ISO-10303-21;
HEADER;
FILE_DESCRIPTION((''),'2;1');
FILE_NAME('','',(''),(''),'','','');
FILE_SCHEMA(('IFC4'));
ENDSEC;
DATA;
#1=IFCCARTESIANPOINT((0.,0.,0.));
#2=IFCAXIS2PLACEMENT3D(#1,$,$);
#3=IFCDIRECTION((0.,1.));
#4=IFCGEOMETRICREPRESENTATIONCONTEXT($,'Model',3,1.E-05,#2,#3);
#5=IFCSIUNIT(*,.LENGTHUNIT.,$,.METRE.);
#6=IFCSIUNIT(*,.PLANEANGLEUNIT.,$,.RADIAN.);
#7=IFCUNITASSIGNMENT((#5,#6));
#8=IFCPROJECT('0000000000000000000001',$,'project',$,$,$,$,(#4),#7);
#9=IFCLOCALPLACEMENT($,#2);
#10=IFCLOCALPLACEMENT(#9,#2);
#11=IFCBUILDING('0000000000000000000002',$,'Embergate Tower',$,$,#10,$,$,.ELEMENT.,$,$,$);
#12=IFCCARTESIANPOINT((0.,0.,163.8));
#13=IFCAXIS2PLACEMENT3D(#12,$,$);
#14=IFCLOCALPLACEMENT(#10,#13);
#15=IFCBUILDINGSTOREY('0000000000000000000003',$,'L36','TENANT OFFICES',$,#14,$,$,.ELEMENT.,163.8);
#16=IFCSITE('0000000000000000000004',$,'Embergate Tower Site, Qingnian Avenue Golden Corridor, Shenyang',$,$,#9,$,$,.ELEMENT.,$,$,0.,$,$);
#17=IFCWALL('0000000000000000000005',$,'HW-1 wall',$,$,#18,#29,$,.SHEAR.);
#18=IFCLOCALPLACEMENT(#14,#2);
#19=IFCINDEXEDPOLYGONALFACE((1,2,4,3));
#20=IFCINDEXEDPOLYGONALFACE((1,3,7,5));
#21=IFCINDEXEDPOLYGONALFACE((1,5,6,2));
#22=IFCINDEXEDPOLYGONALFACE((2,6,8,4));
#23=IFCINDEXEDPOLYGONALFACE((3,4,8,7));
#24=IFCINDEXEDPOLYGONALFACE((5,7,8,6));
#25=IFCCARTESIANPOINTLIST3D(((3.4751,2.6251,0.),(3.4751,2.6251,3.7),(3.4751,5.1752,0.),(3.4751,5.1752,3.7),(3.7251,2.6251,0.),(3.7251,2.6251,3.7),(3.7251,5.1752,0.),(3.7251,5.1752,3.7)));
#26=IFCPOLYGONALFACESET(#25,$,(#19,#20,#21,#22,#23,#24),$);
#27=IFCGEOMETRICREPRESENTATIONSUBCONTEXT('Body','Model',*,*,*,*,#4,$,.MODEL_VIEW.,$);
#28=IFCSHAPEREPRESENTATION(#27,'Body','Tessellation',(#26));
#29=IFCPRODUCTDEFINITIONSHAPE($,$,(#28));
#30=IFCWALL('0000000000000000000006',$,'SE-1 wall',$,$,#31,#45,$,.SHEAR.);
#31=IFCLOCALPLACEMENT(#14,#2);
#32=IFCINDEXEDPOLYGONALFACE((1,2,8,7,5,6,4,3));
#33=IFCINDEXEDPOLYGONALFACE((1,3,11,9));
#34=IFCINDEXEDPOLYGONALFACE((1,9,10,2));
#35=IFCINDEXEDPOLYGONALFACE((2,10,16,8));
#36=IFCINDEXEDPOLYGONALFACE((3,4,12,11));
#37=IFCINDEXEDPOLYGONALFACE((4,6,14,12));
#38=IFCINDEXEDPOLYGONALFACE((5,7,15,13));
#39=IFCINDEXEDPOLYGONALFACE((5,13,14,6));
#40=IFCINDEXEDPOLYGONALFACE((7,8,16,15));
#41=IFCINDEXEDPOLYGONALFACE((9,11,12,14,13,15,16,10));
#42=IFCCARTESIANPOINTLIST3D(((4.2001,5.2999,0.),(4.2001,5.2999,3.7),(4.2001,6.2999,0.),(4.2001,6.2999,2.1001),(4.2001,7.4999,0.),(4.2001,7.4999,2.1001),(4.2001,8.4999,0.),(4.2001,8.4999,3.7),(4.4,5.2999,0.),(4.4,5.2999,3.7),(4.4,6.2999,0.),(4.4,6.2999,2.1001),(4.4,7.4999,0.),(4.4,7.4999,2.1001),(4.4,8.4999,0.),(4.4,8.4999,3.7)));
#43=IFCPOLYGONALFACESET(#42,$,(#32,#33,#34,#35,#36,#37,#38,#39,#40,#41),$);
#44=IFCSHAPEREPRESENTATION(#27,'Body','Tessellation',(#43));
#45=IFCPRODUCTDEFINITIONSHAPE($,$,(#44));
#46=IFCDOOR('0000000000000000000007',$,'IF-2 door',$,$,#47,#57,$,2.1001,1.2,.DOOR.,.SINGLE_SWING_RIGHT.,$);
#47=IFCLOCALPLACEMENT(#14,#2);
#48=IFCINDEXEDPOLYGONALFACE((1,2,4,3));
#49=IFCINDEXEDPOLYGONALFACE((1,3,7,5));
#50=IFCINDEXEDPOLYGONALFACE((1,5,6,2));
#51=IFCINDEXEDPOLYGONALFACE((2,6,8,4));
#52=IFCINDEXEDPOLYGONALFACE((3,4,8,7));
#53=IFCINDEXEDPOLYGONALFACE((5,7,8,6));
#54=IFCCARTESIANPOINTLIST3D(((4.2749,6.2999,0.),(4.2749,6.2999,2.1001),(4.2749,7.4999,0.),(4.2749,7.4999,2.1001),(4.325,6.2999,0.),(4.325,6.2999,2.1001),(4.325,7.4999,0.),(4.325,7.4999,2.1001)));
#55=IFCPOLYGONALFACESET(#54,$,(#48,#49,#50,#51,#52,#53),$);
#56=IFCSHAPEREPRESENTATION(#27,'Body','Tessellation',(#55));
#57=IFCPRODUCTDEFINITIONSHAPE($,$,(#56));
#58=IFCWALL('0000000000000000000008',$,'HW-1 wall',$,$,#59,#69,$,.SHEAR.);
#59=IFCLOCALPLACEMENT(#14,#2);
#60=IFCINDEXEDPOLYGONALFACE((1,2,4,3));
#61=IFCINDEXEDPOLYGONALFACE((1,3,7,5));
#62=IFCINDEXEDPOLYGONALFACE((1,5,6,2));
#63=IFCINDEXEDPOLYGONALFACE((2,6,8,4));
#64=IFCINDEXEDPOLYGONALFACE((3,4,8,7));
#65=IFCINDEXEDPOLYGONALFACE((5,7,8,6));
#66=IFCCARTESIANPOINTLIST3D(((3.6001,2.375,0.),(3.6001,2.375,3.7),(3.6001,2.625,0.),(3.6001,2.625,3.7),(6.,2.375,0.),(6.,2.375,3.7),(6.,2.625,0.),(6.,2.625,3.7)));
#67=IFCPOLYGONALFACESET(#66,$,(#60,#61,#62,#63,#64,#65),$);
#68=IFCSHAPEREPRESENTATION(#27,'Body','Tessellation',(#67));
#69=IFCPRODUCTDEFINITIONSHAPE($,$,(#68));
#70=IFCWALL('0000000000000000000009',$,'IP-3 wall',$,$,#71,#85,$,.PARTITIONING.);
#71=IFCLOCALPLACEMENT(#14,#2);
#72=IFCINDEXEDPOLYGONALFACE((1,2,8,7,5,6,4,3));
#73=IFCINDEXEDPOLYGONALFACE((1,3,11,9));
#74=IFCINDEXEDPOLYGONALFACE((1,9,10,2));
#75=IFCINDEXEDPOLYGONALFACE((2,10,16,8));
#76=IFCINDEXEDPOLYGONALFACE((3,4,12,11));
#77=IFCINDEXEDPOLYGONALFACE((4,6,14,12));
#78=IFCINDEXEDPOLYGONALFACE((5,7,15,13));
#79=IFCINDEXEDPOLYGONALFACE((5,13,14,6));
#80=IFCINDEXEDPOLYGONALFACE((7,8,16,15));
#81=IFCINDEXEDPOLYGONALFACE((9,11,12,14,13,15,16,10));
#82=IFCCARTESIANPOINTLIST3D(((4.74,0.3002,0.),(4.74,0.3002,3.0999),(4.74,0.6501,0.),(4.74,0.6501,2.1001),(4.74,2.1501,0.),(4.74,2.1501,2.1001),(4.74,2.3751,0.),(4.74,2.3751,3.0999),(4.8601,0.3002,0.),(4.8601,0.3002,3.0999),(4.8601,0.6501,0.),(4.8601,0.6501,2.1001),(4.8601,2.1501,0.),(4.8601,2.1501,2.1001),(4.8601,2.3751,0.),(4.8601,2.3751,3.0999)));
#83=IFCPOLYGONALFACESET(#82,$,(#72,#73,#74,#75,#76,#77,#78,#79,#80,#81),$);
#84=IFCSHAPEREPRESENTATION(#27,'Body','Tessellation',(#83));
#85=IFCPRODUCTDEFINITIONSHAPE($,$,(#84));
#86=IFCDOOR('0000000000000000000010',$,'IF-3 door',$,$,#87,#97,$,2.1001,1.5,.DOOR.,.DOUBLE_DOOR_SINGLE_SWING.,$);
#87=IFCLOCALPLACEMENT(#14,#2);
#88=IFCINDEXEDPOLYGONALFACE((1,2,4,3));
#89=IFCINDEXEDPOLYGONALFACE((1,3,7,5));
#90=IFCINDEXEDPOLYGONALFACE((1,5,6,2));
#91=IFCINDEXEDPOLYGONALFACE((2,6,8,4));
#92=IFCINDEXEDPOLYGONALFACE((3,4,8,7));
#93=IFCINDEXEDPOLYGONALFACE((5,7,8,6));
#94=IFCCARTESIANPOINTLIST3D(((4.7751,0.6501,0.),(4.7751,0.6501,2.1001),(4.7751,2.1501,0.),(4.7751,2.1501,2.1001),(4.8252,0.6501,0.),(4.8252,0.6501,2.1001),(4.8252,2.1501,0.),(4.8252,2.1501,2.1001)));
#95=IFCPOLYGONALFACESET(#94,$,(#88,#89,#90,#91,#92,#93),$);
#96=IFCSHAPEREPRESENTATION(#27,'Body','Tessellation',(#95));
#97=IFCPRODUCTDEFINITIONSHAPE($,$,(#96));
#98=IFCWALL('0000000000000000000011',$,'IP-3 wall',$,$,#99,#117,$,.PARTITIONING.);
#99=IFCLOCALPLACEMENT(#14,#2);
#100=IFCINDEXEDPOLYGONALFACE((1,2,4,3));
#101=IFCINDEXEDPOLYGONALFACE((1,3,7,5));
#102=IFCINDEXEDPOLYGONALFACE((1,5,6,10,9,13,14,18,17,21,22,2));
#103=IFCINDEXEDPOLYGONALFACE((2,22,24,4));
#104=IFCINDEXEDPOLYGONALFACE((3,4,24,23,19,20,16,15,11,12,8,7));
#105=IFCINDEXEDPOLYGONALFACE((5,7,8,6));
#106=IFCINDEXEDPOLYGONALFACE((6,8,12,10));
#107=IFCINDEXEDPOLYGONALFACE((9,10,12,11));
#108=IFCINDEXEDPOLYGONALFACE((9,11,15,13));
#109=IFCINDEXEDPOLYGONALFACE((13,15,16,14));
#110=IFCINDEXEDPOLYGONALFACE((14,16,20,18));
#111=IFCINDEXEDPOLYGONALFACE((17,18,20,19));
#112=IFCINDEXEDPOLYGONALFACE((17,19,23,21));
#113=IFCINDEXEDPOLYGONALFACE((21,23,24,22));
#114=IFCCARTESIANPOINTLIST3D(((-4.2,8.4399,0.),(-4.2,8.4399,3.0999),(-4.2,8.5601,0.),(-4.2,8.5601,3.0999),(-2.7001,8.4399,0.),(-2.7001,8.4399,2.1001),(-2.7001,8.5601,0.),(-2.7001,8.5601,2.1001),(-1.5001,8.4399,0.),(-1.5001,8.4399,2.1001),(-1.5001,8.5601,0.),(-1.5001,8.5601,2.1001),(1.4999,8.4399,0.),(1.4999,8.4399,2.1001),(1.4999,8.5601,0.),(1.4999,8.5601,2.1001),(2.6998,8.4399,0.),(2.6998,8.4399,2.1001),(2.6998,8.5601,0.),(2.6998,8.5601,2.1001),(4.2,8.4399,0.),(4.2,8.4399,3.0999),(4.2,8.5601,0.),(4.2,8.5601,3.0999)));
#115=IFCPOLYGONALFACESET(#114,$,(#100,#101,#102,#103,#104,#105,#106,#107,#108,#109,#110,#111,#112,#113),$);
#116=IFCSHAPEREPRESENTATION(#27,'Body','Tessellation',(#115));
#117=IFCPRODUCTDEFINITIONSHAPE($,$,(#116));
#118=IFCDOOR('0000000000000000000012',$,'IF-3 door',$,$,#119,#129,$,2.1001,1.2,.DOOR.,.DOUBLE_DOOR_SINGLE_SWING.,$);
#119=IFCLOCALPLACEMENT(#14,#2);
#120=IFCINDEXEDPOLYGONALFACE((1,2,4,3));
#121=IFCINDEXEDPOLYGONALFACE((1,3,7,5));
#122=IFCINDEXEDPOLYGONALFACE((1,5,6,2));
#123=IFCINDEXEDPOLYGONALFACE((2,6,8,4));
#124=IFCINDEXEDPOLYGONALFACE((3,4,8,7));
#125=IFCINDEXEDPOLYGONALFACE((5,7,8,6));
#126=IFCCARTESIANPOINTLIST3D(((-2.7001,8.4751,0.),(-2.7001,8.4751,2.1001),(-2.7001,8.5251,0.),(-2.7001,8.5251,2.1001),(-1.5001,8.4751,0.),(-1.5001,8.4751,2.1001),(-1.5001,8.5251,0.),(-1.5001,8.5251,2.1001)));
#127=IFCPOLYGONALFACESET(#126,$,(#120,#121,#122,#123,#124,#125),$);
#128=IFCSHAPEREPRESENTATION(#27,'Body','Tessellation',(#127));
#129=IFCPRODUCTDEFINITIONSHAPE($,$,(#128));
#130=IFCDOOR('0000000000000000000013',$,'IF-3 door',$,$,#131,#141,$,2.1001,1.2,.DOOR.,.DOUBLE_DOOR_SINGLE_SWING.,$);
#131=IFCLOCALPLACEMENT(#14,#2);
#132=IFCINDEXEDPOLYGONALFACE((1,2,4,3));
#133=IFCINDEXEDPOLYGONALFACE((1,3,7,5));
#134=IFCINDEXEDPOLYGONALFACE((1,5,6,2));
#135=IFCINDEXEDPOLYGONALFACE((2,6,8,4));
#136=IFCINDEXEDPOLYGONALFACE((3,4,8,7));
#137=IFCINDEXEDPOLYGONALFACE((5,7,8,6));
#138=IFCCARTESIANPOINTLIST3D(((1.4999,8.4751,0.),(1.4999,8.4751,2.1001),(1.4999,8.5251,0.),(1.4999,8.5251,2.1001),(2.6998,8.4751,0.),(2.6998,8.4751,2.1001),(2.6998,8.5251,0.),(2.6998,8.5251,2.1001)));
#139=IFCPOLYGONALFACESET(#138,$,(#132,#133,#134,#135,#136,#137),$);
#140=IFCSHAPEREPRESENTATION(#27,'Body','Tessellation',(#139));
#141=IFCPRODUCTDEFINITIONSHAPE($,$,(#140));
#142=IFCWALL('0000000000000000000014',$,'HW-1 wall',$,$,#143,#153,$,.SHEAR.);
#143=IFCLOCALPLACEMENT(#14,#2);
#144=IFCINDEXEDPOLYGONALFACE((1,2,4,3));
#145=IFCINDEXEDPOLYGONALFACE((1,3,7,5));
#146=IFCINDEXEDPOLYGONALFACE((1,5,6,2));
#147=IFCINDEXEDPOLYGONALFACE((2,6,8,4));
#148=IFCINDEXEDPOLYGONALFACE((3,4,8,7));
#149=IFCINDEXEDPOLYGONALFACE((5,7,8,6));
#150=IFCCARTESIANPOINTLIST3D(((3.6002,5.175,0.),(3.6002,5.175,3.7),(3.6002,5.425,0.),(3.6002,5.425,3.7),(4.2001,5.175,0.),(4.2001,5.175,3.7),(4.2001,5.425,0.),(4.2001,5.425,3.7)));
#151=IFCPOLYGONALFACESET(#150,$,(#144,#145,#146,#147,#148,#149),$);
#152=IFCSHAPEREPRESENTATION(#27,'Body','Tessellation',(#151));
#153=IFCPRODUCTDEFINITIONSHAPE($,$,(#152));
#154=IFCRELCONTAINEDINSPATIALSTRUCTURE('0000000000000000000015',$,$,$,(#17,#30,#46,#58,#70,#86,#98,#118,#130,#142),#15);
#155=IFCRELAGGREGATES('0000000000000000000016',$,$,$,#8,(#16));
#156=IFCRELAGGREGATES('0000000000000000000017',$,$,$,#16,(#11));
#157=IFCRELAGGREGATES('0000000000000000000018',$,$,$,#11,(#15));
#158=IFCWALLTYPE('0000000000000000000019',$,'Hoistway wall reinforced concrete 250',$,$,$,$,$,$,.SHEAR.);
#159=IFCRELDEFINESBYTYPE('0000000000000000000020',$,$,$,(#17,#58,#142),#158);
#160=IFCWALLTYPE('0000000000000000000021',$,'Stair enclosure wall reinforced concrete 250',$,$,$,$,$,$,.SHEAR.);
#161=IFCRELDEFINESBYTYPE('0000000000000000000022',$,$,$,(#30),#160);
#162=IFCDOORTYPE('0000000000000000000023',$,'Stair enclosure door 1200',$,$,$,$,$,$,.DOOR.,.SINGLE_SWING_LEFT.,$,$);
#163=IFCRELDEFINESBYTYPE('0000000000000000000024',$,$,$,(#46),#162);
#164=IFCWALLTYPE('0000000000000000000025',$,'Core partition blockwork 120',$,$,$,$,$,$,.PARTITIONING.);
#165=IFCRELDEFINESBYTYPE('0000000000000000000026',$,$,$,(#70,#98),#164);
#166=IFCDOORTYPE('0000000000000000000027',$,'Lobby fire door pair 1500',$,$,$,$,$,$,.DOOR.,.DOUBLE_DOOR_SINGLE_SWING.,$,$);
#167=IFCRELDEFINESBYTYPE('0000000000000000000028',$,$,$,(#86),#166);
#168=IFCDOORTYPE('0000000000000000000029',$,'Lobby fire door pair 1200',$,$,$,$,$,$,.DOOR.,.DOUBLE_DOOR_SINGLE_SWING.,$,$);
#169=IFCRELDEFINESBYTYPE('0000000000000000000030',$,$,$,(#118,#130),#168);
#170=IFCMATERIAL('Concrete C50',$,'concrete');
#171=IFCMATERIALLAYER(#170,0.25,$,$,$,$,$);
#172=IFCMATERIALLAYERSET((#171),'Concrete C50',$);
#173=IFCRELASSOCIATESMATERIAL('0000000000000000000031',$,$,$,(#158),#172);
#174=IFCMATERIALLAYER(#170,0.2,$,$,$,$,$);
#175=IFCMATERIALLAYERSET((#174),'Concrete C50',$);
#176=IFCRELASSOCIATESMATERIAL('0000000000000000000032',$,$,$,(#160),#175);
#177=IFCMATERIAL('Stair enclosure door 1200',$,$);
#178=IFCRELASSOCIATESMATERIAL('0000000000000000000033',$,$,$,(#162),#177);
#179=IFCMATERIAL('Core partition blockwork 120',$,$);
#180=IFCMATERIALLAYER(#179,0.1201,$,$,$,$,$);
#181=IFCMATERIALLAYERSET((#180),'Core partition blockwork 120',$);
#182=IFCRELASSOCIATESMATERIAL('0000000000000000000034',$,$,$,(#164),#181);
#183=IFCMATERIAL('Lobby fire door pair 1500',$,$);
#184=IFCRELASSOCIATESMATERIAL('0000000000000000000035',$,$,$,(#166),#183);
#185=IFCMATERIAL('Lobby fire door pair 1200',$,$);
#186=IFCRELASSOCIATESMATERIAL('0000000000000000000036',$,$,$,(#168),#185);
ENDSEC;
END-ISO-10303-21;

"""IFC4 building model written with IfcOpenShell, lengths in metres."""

from ifc_helpers import new_model, si_unit, direction, frame, frame_2d, origin, place, context, subcontext, project, spatial, rectangle, extrude, source, transform, mapped, material, layer, layer_set, type_object, element, fill, save


model = new_model("IFC4")

# Units and contexts
model_context = context("Model", 3, precision=1e-05, world=origin(), true_north=direction((0.0, 1.0)))
body_context = subcontext(model_context, "Body", "Model", "MODEL_VIEW")
ifc_project = project(units=[si_unit("LENGTHUNIT", "METRE"), si_unit("PLANEANGLEUNIT", "RADIAN")], contexts=[model_context])

# Site, building, storey
site_placement = place(None, origin())
site = spatial("IfcSite", under=ifc_project, at=site_placement, Name="Embergate Tower Site, Qingnian Avenue Golden Corridor, Shenyang", CompositionType="ELEMENT", RefElevation=0.0)
building_placement = place(site_placement, origin())
building = spatial("IfcBuilding", under=site, at=building_placement, Name="Embergate Tower", CompositionType="ELEMENT")
storey_placement = place(building_placement, frame((0.0, 0.0, 163.8)))
storey = spatial("IfcBuildingStorey", under=building, at=storey_placement, Name="L36", Description="TENANT OFFICES", CompositionType="ELEMENT", Elevation=163.8)

# Wall
ifc_material_1 = material(Name="Concrete C50", Category="concrete")
ifc_layer_1 = layer(ifc_material_1, 0.25)
ifc_layer_set_1 = layer_set([ifc_layer_1], Name="Concrete C50")
wall_type_1 = type_object("IfcWallType", Name="Hoistway wall reinforced concrete 250", PredefinedType="SHEAR", material=ifc_layer_set_1)
shared_shape_1 = source(origin(), body_context, "Body", "SweptSolid", [
    extrude(rectangle(XDim=2.55, YDim=0.25, at=frame_2d((1.2749, 0.0))), origin(), (0.0, 0.0, 1.0), 3.7),
])
wall_1_placement = place(storey_placement, frame((3.6001, 5.175, 0.0), z_axis=(0.0, 0.0, 1.0), x_axis=(0.0, -1.0, 0.0)))
element("IfcWall", 1, at=wall_1_placement, inside=storey, type_object=wall_type_1, Name="HW-1 wall", PredefinedType="SHEAR", context=body_context, shape_type="MappedRepresentation", body=[
    mapped(shared_shape_1, transform((0.0, 0.0, 0.0))),
])

# Wall, opening, door
ifc_layer_2 = layer(ifc_material_1, 0.2)
ifc_layer_set_2 = layer_set([ifc_layer_2], Name="Concrete C50")
wall_type_2 = type_object("IfcWallType", Name="Stair enclosure wall reinforced concrete 250", PredefinedType="SHEAR", material=ifc_layer_set_2)
shared_shape_2 = source(origin(), body_context, "Body", "SweptSolid", [
    extrude(rectangle(XDim=3.2, YDim=0.2, at=frame_2d((1.6001, 0.0))), origin(), (0.0, 0.0, 1.0), 3.7),
])
wall_2_placement = place(storey_placement, frame((4.3, 8.5, 0.0), z_axis=(0.0, 0.0, 1.0), x_axis=(0.0, -1.0, 0.0)))
wall_2 = element("IfcWall", 2, at=wall_2_placement, inside=storey, type_object=wall_type_2, Name="SE-1 wall", PredefinedType="SHEAR", context=body_context, shape_type="MappedRepresentation", body=[
    mapped(shared_shape_2, transform((0.0, 0.0, 0.0))),
])
shared_shape_3 = source(origin(), body_context, "Body", "SweptSolid", [
    extrude(rectangle(XDim=1.2, YDim=2.1001, at=frame_2d((0.6001, 1.05))), frame((0.0, 0.1099, 0.0), z_axis=(0.0, -1.0, 0.0), x_axis=(1.0, 0.0, 0.0)), (0.0, 0.0, 1.0), 0.22),
])
opening_1_placement = place(wall_2_placement, frame((1.0, 0.0, 0.0)))
opening_1 = element("IfcOpeningElement", 3, at=opening_1_placement, cuts=wall_2, PredefinedType="OPENING", context=body_context, shape_type="MappedRepresentation", body=[
    mapped(shared_shape_3, transform((0.0, 0.0, 0.0))),
])
ifc_material_2 = material(Name="Stair enclosure door 1200")
door_type_1 = type_object("IfcDoorType", Name="Stair enclosure door 1200", OperationType="SINGLE_SWING_LEFT", PredefinedType="DOOR", material=ifc_material_2)
shared_shape_4 = source(origin(), body_context, "Body", "SweptSolid", [
    extrude(rectangle(XDim=1.2, YDim=2.1001, at=frame_2d((0.6001, 1.05))), frame((0.0, 0.0249, 0.0), z_axis=(0.0, -1.0, 0.0), x_axis=(1.0, 0.0, 0.0)), (0.0, 0.0, 1.0), 0.05),
])
door_1_placement = place(opening_1_placement, origin())
door_1 = element("IfcDoor", 4, at=door_1_placement, inside=storey, type_object=door_type_1, Name="IF-2 door", OperationType="SINGLE_SWING_RIGHT", OverallHeight=2.1001, OverallWidth=1.2, PredefinedType="DOOR", context=body_context, shape_type="MappedRepresentation", body=[
    mapped(shared_shape_4, transform((0.0, 0.0, 0.0))),
])
fill(opening_1, door_1)

# Wall
shared_shape_5 = source(origin(), body_context, "Body", "SweptSolid", [
    extrude(rectangle(XDim=2.3999, YDim=0.25, at=frame_2d((1.2, 0.0))), origin(), (0.0, 0.0, 1.0), 3.7),
])
wall_3_placement = place(storey_placement, frame((3.6001, 2.5, 0.0), z_axis=(0.0, 0.0, 1.0), x_axis=(1.0, 0.0, 0.0)))
element("IfcWall", 5, at=wall_3_placement, inside=storey, type_object=wall_type_1, Name="HW-1 wall", PredefinedType="SHEAR", context=body_context, shape_type="MappedRepresentation", body=[
    mapped(shared_shape_5, transform((0.0, 0.0, 0.0))),
])

# Wall, opening, door
ifc_material_3 = material(Name="Core partition blockwork 120")
ifc_layer_3 = layer(ifc_material_3, 0.1201)
ifc_layer_set_3 = layer_set([ifc_layer_3], Name="Core partition blockwork 120")
wall_type_3 = type_object("IfcWallType", Name="Core partition blockwork 120", PredefinedType="PARTITIONING", material=ifc_layer_set_3)
shared_shape_6 = source(origin(), body_context, "Body", "SweptSolid", [
    extrude(rectangle(XDim=2.075, YDim=0.1201, at=frame_2d((1.0376, 0.0))), origin(), (0.0, 0.0, 1.0), 3.0999),
])
wall_4_placement = place(storey_placement, frame((4.8, 0.3, 0.0), z_axis=(0.0, 0.0, 1.0), x_axis=(0.0, 1.0, 0.0)))
wall_4 = element("IfcWall", 6, at=wall_4_placement, inside=storey, type_object=wall_type_3, Name="IP-3 wall", PredefinedType="PARTITIONING", context=body_context, shape_type="MappedRepresentation", body=[
    mapped(shared_shape_6, transform((0.0, 0.0, 0.0))),
])
shared_shape_7 = source(origin(), body_context, "Body", "SweptSolid", [
    extrude(rectangle(XDim=1.5, YDim=2.1001, at=frame_2d((0.75, 1.05))), frame((0.0, 0.0701, 0.0), z_axis=(0.0, -1.0, 0.0), x_axis=(1.0, 0.0, 0.0)), (0.0, 0.0, 1.0), 0.1401),
])
opening_2_placement = place(wall_4_placement, frame((0.3501, 0.0, 0.0)))
opening_2 = element("IfcOpeningElement", 7, at=opening_2_placement, cuts=wall_4, PredefinedType="OPENING", context=body_context, shape_type="MappedRepresentation", body=[
    mapped(shared_shape_7, transform((0.0, 0.0, 0.0))),
])
ifc_material_4 = material(Name="Lobby fire door pair 1500")
door_type_2 = type_object("IfcDoorType", Name="Lobby fire door pair 1500", OperationType="DOUBLE_DOOR_SINGLE_SWING", PredefinedType="DOOR", material=ifc_material_4)
shared_shape_8 = source(origin(), body_context, "Body", "SweptSolid", [
    extrude(rectangle(XDim=1.5, YDim=2.1001, at=frame_2d((0.75, 1.05))), frame((0.0, 0.0249, 0.0), z_axis=(0.0, -1.0, 0.0), x_axis=(1.0, 0.0, 0.0)), (0.0, 0.0, 1.0), 0.05),
])
door_2_placement = place(opening_2_placement, origin())
door_2 = element("IfcDoor", 8, at=door_2_placement, inside=storey, type_object=door_type_2, Name="IF-3 door", OperationType="DOUBLE_DOOR_SINGLE_SWING", OverallHeight=2.1001, OverallWidth=1.5, PredefinedType="DOOR", context=body_context, shape_type="MappedRepresentation", body=[
    mapped(shared_shape_8, transform((0.0, 0.0, 0.0))),
])
fill(opening_2, door_2)

# Wall, openings, doors
shared_shape_9 = source(origin(), body_context, "Body", "SweptSolid", [
    extrude(rectangle(XDim=8.3999, YDim=0.1201, at=frame_2d((4.2, 0.0))), origin(), (0.0, 0.0, 1.0), 3.0999),
])
wall_5_placement = place(storey_placement, frame((4.2, 8.5, 0.0), z_axis=(0.0, 0.0, 1.0), x_axis=(-1.0, 0.0, 0.0)))
wall_5 = element("IfcWall", 9, at=wall_5_placement, inside=storey, type_object=wall_type_3, Name="IP-3 wall", PredefinedType="PARTITIONING", context=body_context, shape_type="MappedRepresentation", body=[
    mapped(shared_shape_9, transform((0.0, 0.0, 0.0))),
])
shared_shape_10 = source(origin(), body_context, "Body", "SweptSolid", [
    extrude(rectangle(XDim=1.2, YDim=2.1001, at=frame_2d((0.6001, 1.05))), frame((0.0, 0.0701, 0.0), z_axis=(0.0, -1.0, 0.0), x_axis=(1.0, 0.0, 0.0)), (0.0, 0.0, 1.0), 0.1401),
])
opening_3_placement = place(wall_5_placement, frame((5.7, 0.0, 0.0)))
opening_3 = element("IfcOpeningElement", 10, at=opening_3_placement, cuts=wall_5, PredefinedType="OPENING", context=body_context, shape_type="MappedRepresentation", body=[
    mapped(shared_shape_10, transform((0.0, 0.0, 0.0))),
])
opening_4_placement = place(wall_5_placement, frame((1.5, 0.0, 0.0)))
opening_4 = element("IfcOpeningElement", 11, at=opening_4_placement, cuts=wall_5, PredefinedType="OPENING", context=body_context, shape_type="MappedRepresentation", body=[
    mapped(shared_shape_10, transform((0.0, 0.0, 0.0))),
])
ifc_material_5 = material(Name="Lobby fire door pair 1200")
door_type_3 = type_object("IfcDoorType", Name="Lobby fire door pair 1200", OperationType="DOUBLE_DOOR_SINGLE_SWING", PredefinedType="DOOR", material=ifc_material_5)
door_3_placement = place(opening_3_placement, origin())
door_3 = element("IfcDoor", 12, at=door_3_placement, inside=storey, type_object=door_type_3, Name="IF-3 door", OperationType="DOUBLE_DOOR_SINGLE_SWING", OverallHeight=2.1001, OverallWidth=1.2, PredefinedType="DOOR", context=body_context, shape_type="MappedRepresentation", body=[
    mapped(shared_shape_4, transform((0.0, 0.0, 0.0))),
])
fill(opening_3, door_3)
door_4_placement = place(opening_4_placement, origin())
door_4 = element("IfcDoor", 13, at=door_4_placement, inside=storey, type_object=door_type_3, Name="IF-3 door", OperationType="DOUBLE_DOOR_SINGLE_SWING", OverallHeight=2.1001, OverallWidth=1.2, PredefinedType="DOOR", context=body_context, shape_type="MappedRepresentation", body=[
    mapped(shared_shape_4, transform((0.0, 0.0, 0.0))),
])
fill(opening_4, door_4)

# Wall
shared_shape_11 = source(origin(), body_context, "Body", "SweptSolid", [
    extrude(rectangle(XDim=0.5999, YDim=0.25, at=frame_2d((0.2998, 0.0))), origin(), (0.0, 0.0, 1.0), 3.7),
])
wall_6_placement = place(storey_placement, frame((4.2, 5.3, 0.0), z_axis=(0.0, 0.0, 1.0), x_axis=(-1.0, 0.0, 0.0)))
element("IfcWall", 14, at=wall_6_placement, inside=storey, type_object=wall_type_1, Name="HW-1 wall", PredefinedType="SHEAR", context=body_context, shape_type="MappedRepresentation", body=[
    mapped(shared_shape_11, transform((0.0, 0.0, 0.0))),
])

save(model, "model.ifc")
